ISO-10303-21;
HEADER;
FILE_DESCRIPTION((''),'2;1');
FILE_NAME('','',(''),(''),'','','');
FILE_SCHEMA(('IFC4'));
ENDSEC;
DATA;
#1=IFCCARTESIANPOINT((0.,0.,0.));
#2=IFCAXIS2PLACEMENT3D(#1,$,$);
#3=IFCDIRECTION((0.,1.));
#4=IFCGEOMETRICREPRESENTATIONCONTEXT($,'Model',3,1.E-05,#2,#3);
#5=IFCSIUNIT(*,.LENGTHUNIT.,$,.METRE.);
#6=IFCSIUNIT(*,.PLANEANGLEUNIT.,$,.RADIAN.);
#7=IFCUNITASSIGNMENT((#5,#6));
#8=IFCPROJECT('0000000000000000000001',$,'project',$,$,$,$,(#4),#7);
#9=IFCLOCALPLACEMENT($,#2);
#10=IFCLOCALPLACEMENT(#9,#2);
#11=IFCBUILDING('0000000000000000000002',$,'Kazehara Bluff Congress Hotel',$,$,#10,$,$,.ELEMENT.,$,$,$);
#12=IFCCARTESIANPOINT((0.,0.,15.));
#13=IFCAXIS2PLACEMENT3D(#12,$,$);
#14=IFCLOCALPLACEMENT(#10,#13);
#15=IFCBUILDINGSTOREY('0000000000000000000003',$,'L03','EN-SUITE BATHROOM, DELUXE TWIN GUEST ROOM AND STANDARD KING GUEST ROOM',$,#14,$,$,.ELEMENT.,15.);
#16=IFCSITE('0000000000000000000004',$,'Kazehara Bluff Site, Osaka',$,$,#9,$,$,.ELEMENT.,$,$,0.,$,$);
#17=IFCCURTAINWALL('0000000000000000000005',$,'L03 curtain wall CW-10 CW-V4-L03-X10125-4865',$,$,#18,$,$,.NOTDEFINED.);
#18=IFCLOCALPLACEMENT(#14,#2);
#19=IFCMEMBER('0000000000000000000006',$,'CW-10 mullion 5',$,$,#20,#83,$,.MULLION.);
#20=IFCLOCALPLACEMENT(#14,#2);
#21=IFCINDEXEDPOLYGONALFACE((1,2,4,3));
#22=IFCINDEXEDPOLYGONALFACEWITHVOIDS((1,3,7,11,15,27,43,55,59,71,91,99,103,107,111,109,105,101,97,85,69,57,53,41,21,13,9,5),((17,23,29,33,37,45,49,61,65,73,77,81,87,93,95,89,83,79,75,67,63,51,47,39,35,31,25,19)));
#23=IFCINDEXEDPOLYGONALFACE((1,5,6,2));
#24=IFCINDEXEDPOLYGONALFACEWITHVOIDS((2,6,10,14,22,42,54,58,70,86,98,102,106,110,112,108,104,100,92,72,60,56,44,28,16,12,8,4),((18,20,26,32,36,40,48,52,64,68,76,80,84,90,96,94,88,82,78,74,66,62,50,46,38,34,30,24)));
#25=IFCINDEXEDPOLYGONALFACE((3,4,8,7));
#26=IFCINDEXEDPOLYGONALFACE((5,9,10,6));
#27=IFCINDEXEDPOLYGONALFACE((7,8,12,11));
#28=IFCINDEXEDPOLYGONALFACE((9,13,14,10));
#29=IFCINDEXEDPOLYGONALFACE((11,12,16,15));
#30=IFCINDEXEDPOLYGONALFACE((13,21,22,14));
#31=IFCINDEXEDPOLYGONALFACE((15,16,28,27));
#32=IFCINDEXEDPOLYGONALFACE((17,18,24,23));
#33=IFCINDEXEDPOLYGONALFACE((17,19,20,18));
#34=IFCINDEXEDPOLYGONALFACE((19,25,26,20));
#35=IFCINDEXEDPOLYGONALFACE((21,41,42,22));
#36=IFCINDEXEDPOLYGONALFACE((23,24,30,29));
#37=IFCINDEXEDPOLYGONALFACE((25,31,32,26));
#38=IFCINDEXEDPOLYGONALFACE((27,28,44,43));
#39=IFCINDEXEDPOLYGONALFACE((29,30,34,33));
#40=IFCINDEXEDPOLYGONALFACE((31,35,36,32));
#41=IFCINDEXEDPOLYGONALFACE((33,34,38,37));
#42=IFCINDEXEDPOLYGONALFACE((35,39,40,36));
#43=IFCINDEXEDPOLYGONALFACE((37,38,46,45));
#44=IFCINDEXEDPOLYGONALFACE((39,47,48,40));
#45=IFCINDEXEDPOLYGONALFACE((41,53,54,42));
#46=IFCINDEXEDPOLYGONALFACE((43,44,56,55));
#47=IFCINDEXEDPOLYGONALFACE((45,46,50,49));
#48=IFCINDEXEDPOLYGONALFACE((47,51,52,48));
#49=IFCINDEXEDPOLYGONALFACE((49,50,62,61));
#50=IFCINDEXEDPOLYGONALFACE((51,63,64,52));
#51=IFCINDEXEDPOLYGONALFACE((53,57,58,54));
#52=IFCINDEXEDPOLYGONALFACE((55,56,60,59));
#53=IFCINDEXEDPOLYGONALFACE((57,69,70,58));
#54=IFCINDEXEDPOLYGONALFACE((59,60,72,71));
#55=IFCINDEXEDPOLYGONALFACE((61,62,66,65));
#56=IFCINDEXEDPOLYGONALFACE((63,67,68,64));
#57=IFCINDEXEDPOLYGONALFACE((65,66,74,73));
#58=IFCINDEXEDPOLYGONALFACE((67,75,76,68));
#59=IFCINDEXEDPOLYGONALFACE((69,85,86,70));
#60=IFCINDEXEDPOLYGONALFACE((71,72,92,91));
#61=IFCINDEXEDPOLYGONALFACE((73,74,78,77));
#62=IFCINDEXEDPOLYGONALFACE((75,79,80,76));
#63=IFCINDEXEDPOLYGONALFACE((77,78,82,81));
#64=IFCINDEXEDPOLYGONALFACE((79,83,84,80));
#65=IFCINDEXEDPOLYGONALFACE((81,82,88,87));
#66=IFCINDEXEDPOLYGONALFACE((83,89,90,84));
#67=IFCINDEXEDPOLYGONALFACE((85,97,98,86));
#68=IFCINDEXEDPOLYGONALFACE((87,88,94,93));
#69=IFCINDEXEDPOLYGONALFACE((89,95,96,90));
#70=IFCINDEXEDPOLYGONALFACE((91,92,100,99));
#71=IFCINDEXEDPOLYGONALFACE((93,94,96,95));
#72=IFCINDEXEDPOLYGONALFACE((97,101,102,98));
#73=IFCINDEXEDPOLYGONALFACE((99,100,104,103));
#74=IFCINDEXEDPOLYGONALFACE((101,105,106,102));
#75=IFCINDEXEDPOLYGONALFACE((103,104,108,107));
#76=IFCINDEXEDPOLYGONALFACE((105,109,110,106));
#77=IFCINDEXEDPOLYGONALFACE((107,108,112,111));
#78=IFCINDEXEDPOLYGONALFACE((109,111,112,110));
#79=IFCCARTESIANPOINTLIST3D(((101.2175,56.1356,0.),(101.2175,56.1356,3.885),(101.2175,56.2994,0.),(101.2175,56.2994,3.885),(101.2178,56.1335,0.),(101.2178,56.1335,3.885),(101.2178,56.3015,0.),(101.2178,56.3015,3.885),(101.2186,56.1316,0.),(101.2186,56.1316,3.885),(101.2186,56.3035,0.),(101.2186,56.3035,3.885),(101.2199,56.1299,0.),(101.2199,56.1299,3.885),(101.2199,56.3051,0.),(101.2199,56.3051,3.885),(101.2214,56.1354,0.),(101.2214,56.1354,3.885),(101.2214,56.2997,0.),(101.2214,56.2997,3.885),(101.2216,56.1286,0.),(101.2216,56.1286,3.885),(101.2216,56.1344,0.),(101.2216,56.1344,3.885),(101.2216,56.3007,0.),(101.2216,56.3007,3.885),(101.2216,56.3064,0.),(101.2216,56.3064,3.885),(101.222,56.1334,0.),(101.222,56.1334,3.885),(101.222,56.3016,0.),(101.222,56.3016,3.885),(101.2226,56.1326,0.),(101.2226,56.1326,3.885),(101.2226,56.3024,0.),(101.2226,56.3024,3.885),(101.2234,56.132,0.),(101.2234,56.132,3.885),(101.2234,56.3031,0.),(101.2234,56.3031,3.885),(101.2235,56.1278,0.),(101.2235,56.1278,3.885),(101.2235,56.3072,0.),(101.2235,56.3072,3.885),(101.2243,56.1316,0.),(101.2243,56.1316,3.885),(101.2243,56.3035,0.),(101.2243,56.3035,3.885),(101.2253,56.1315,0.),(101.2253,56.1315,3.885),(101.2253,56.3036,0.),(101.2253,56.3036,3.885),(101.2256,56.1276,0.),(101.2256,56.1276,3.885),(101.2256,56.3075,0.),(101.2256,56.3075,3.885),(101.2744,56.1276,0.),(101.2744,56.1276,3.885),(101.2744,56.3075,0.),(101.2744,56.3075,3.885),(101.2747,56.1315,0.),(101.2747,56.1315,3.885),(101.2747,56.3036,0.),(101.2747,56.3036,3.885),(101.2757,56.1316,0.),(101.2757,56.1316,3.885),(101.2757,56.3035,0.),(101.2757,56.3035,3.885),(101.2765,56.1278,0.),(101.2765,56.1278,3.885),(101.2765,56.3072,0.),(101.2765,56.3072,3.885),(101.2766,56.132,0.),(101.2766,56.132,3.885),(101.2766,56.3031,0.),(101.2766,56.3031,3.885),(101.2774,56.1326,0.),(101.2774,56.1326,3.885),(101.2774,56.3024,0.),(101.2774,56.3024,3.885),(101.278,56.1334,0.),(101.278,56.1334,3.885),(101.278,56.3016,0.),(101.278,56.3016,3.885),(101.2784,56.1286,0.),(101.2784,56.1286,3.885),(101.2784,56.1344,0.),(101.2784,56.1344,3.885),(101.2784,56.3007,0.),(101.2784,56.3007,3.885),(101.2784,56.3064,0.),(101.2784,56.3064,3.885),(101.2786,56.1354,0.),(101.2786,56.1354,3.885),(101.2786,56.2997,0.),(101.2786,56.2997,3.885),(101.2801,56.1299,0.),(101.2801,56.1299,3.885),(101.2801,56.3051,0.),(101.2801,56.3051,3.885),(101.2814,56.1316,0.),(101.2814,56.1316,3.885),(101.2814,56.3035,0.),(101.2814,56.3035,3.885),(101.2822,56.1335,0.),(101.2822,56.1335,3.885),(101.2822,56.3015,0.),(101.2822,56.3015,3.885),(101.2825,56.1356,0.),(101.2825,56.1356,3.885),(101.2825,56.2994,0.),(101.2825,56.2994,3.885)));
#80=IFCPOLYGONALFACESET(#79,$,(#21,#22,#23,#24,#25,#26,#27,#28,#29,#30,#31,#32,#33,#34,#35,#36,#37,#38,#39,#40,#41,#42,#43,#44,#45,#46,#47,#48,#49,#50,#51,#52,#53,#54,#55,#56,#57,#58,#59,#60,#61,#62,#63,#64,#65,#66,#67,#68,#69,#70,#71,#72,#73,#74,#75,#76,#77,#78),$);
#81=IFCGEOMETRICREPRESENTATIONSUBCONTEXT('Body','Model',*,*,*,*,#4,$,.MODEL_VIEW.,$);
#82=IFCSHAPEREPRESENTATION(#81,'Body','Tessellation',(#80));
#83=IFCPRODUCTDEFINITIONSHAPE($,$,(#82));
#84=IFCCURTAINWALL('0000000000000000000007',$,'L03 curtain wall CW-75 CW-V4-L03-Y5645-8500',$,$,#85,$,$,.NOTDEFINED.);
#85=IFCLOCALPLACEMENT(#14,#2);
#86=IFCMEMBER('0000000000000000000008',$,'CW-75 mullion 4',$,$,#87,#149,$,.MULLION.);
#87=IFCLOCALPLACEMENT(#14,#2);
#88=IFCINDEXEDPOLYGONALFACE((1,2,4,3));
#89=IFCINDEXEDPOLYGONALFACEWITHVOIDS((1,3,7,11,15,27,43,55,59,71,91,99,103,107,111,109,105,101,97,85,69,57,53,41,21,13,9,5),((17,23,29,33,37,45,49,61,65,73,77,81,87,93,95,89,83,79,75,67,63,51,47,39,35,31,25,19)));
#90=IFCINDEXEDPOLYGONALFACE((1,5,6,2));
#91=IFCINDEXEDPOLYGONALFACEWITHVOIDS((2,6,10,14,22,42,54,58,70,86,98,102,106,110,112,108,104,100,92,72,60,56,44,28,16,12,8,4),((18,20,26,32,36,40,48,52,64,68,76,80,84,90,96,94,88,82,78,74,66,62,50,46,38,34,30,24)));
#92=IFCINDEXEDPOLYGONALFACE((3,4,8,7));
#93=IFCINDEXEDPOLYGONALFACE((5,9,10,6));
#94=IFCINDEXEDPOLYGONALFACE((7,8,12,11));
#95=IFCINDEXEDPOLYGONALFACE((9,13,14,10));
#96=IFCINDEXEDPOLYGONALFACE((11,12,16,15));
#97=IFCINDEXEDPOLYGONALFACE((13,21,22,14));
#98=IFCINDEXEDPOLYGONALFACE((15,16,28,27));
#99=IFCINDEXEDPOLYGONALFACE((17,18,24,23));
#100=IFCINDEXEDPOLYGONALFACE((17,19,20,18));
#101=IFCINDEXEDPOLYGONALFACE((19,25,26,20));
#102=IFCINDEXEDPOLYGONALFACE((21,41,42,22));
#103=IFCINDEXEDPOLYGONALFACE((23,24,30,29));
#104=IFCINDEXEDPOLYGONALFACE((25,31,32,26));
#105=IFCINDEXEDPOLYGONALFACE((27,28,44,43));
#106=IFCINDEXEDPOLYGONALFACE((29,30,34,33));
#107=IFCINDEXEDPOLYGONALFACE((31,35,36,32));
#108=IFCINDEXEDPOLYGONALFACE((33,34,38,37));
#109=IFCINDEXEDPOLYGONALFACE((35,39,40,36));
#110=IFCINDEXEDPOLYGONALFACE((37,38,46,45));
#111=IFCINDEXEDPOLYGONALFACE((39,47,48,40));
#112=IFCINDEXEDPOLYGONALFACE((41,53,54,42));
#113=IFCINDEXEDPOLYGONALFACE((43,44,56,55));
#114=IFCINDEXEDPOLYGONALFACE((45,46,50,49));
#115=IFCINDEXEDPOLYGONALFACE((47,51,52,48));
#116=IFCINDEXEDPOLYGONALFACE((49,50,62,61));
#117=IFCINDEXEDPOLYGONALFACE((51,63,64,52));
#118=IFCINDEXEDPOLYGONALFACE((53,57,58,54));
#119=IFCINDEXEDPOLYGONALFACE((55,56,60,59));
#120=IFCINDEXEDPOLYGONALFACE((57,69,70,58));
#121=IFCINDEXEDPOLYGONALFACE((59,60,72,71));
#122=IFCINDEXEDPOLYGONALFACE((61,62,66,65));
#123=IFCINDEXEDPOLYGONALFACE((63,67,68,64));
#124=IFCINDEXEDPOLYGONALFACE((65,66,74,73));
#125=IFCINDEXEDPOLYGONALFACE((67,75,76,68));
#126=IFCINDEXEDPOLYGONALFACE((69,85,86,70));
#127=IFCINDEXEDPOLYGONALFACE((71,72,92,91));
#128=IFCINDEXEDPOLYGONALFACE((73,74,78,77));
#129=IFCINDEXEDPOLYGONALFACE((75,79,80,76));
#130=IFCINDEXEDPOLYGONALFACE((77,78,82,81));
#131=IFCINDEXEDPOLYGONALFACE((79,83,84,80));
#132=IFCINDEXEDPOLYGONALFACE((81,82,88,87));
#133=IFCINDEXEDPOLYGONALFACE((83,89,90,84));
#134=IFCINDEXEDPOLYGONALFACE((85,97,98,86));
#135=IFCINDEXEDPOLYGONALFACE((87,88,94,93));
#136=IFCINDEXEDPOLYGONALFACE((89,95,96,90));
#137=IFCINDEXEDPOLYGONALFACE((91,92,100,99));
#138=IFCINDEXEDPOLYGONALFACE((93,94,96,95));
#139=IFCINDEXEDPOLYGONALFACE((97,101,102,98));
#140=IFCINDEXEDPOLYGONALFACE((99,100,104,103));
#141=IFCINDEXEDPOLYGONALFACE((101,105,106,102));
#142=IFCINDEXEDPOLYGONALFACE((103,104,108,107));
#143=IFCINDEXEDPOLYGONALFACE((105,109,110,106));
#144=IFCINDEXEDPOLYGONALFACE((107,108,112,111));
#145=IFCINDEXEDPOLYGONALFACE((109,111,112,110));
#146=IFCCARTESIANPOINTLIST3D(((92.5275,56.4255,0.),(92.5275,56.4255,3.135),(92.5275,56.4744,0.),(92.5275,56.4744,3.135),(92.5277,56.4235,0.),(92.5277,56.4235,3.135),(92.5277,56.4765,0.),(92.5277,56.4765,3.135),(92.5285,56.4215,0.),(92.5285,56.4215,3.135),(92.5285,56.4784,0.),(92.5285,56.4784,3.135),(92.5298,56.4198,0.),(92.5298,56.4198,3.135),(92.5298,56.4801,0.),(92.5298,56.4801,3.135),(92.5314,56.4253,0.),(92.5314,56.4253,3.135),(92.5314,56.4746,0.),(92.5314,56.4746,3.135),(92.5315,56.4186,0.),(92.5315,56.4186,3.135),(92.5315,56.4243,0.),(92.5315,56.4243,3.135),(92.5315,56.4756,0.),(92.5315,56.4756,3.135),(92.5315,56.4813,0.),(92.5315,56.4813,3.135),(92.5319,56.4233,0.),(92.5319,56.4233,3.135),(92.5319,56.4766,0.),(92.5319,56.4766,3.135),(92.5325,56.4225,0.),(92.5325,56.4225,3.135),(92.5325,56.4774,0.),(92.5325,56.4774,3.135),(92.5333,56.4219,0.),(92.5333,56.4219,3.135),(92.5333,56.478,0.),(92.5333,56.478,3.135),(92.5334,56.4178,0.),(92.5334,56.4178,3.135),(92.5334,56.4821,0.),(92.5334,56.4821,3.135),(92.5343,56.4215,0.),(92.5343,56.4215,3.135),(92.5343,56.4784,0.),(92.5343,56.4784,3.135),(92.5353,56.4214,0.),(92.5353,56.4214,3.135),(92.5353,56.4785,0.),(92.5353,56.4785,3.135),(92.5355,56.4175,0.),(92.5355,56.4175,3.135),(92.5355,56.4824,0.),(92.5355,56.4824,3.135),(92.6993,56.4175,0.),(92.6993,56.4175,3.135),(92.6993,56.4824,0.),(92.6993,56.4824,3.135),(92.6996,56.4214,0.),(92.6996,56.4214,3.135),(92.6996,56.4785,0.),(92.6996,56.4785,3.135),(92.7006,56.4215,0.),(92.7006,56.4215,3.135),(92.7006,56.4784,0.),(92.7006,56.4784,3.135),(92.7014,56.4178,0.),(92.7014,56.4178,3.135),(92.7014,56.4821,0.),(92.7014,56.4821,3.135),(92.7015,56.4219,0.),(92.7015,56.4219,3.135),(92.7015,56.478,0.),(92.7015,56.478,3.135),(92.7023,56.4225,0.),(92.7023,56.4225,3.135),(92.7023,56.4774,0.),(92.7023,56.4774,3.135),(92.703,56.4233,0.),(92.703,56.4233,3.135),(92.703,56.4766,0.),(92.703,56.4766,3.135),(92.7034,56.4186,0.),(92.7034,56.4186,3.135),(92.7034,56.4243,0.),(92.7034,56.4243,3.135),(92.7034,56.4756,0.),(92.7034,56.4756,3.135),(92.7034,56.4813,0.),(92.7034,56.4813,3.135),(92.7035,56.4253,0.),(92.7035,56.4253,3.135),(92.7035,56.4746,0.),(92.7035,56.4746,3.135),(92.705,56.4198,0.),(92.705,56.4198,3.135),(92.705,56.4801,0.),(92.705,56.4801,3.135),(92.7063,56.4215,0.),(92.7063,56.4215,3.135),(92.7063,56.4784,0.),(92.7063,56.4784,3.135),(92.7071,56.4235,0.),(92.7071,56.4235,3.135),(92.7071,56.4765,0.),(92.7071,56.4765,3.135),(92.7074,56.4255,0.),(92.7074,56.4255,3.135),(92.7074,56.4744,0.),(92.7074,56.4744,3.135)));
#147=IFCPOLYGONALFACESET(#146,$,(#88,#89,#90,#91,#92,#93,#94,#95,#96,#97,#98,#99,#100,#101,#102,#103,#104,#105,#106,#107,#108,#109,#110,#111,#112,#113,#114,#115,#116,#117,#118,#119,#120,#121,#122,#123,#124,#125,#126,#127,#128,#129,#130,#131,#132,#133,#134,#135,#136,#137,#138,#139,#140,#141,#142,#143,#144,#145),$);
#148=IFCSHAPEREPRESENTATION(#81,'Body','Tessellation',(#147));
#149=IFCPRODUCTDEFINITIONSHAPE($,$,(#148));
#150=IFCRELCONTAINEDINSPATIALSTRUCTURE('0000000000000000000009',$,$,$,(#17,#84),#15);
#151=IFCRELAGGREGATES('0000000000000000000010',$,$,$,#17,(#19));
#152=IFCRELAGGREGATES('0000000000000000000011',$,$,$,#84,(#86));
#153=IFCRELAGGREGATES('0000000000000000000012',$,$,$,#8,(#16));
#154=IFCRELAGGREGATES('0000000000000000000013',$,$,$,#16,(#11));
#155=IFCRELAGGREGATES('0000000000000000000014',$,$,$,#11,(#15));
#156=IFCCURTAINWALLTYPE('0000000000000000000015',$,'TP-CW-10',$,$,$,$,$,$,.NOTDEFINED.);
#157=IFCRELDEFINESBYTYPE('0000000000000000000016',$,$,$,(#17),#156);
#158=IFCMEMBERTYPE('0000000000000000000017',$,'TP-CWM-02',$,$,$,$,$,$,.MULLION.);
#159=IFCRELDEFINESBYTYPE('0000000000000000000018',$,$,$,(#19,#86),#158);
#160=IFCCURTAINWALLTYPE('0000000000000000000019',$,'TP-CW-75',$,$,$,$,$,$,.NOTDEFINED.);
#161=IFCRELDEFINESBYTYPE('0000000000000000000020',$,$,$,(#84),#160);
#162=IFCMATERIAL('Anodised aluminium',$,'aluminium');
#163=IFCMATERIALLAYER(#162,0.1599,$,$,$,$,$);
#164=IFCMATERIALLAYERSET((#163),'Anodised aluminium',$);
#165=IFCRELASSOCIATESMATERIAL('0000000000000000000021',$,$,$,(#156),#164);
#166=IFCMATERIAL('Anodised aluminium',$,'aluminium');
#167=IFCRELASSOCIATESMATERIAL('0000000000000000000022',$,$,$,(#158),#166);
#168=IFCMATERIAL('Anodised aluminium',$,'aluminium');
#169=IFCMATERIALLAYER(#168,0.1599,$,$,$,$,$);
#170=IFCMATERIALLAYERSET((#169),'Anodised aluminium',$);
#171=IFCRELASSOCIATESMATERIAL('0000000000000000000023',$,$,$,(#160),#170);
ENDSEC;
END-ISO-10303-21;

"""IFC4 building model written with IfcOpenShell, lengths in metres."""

from ifc_helpers import new_model, si_unit, direction, frame, origin, origin_2d, place, context, subcontext, project, spatial, hollow_rectangle, extrude, material, layer, layer_set, material_profile, profile_set, type_object, element, aggregate, save


model = new_model("IFC4")

# Units and contexts
model_context = context("Model", 3, precision=1e-05, world=origin(), true_north=direction((0.0, 1.0)))
body_context = subcontext(model_context, "Body", "Model", "MODEL_VIEW")
ifc_project = project(units=[si_unit("LENGTHUNIT", "METRE"), si_unit("PLANEANGLEUNIT", "RADIAN")], contexts=[model_context])

# Site, building, storey
site_placement = place(None, origin())
site = spatial("IfcSite", under=ifc_project, at=site_placement, Name="Kazehara Bluff Site, Osaka", CompositionType="ELEMENT", RefElevation=0.0)
building_placement = place(site_placement, origin())
building = spatial("IfcBuilding", under=site, at=building_placement, Name="Kazehara Bluff Congress Hotel", CompositionType="ELEMENT")
storey_placement = place(building_placement, frame((0.0, 0.0, 15.0)))
storey = spatial("IfcBuildingStorey", under=building, at=storey_placement, Name="L03", Description="EN-SUITE BATHROOM, DELUXE TWIN GUEST ROOM AND STANDARD KING GUEST ROOM", CompositionType="ELEMENT", Elevation=15.0)

# Curtain wall, member
ifc_material_1 = material(Name="Anodised aluminium", Category="aluminium")
ifc_layer_1 = layer(ifc_material_1, 0.1599)
ifc_layer_set_1 = layer_set([ifc_layer_1], Name="Anodised aluminium")
curtain_wall_type_1 = type_object("IfcCurtainWallType", Name="TP-CW-10", PredefinedType="NOTDEFINED", material=ifc_layer_set_1)
curtain_wall_1_placement = place(storey_placement, origin())
curtain_wall_1 = element("IfcCurtainWall", 1, at=curtain_wall_1_placement, inside=storey, type_object=curtain_wall_type_1, Name="L03 curtain wall CW-10 CW-V4-L03-X10125-4865", PredefinedType="NOTDEFINED")
ifc_material_2 = material(Name="Anodised aluminium", Category="aluminium")
ifc_material_profile_1 = material_profile(ifc_material_2, hollow_rectangle(XDim=0.0649, YDim=0.1799, WallThickness=0.0039, InnerFilletRadius=0.0039, OuterFilletRadius=0.0081, at=origin_2d()))
ifc_profile_set_1 = profile_set([ifc_material_profile_1], Name="Anodised aluminium")
member_type_1 = type_object("IfcMemberType", Name="TP-CWM-02", PredefinedType="MULLION", material=ifc_profile_set_1)
member_1_placement = place(storey_placement, frame((101.25, 56.2175, 0.0), z_axis=(0.0, 0.0, 1.0), x_axis=(-1.0, 0.0, 0.0)))
member_1 = element("IfcMember", 2, at=member_1_placement, type_object=member_type_1, Name="CW-10 mullion 5", PredefinedType="MULLION", context=body_context, shape_type="SweptSolid", body=[
    extrude(hollow_rectangle(XDim=0.0649, YDim=0.1799, WallThickness=0.0039, InnerFilletRadius=0.0039, OuterFilletRadius=0.0081, at=origin_2d()), origin(), (0.0, 0.0, 1.0), 3.885),
])

# Curtain wall, member
ifc_material_3 = material(Name="Anodised aluminium", Category="aluminium")
ifc_layer_2 = layer(ifc_material_3, 0.1599)
ifc_layer_set_2 = layer_set([ifc_layer_2], Name="Anodised aluminium")
curtain_wall_type_2 = type_object("IfcCurtainWallType", Name="TP-CW-75", PredefinedType="NOTDEFINED", material=ifc_layer_set_2)
curtain_wall_2_placement = place(storey_placement, origin())
curtain_wall_2 = element("IfcCurtainWall", 3, at=curtain_wall_2_placement, inside=storey, type_object=curtain_wall_type_2, Name="L03 curtain wall CW-75 CW-V4-L03-Y5645-8500", PredefinedType="NOTDEFINED")
member_2_placement = place(storey_placement, frame((92.6174, 56.45, 0.0), z_axis=(0.0, 0.0, 1.0), x_axis=(0.0, 1.0, 0.0)))
member_2 = element("IfcMember", 4, at=member_2_placement, type_object=member_type_1, Name="CW-75 mullion 4", PredefinedType="MULLION", context=body_context, shape_type="SweptSolid", body=[
    extrude(hollow_rectangle(XDim=0.0649, YDim=0.1799, WallThickness=0.0039, InnerFilletRadius=0.0039, OuterFilletRadius=0.0081, at=origin_2d()), origin(), (0.0, 0.0, 1.0), 3.135),
])

aggregate(curtain_wall_1, [member_1])
aggregate(curtain_wall_2, [member_2])

save(model, "model.ifc")
